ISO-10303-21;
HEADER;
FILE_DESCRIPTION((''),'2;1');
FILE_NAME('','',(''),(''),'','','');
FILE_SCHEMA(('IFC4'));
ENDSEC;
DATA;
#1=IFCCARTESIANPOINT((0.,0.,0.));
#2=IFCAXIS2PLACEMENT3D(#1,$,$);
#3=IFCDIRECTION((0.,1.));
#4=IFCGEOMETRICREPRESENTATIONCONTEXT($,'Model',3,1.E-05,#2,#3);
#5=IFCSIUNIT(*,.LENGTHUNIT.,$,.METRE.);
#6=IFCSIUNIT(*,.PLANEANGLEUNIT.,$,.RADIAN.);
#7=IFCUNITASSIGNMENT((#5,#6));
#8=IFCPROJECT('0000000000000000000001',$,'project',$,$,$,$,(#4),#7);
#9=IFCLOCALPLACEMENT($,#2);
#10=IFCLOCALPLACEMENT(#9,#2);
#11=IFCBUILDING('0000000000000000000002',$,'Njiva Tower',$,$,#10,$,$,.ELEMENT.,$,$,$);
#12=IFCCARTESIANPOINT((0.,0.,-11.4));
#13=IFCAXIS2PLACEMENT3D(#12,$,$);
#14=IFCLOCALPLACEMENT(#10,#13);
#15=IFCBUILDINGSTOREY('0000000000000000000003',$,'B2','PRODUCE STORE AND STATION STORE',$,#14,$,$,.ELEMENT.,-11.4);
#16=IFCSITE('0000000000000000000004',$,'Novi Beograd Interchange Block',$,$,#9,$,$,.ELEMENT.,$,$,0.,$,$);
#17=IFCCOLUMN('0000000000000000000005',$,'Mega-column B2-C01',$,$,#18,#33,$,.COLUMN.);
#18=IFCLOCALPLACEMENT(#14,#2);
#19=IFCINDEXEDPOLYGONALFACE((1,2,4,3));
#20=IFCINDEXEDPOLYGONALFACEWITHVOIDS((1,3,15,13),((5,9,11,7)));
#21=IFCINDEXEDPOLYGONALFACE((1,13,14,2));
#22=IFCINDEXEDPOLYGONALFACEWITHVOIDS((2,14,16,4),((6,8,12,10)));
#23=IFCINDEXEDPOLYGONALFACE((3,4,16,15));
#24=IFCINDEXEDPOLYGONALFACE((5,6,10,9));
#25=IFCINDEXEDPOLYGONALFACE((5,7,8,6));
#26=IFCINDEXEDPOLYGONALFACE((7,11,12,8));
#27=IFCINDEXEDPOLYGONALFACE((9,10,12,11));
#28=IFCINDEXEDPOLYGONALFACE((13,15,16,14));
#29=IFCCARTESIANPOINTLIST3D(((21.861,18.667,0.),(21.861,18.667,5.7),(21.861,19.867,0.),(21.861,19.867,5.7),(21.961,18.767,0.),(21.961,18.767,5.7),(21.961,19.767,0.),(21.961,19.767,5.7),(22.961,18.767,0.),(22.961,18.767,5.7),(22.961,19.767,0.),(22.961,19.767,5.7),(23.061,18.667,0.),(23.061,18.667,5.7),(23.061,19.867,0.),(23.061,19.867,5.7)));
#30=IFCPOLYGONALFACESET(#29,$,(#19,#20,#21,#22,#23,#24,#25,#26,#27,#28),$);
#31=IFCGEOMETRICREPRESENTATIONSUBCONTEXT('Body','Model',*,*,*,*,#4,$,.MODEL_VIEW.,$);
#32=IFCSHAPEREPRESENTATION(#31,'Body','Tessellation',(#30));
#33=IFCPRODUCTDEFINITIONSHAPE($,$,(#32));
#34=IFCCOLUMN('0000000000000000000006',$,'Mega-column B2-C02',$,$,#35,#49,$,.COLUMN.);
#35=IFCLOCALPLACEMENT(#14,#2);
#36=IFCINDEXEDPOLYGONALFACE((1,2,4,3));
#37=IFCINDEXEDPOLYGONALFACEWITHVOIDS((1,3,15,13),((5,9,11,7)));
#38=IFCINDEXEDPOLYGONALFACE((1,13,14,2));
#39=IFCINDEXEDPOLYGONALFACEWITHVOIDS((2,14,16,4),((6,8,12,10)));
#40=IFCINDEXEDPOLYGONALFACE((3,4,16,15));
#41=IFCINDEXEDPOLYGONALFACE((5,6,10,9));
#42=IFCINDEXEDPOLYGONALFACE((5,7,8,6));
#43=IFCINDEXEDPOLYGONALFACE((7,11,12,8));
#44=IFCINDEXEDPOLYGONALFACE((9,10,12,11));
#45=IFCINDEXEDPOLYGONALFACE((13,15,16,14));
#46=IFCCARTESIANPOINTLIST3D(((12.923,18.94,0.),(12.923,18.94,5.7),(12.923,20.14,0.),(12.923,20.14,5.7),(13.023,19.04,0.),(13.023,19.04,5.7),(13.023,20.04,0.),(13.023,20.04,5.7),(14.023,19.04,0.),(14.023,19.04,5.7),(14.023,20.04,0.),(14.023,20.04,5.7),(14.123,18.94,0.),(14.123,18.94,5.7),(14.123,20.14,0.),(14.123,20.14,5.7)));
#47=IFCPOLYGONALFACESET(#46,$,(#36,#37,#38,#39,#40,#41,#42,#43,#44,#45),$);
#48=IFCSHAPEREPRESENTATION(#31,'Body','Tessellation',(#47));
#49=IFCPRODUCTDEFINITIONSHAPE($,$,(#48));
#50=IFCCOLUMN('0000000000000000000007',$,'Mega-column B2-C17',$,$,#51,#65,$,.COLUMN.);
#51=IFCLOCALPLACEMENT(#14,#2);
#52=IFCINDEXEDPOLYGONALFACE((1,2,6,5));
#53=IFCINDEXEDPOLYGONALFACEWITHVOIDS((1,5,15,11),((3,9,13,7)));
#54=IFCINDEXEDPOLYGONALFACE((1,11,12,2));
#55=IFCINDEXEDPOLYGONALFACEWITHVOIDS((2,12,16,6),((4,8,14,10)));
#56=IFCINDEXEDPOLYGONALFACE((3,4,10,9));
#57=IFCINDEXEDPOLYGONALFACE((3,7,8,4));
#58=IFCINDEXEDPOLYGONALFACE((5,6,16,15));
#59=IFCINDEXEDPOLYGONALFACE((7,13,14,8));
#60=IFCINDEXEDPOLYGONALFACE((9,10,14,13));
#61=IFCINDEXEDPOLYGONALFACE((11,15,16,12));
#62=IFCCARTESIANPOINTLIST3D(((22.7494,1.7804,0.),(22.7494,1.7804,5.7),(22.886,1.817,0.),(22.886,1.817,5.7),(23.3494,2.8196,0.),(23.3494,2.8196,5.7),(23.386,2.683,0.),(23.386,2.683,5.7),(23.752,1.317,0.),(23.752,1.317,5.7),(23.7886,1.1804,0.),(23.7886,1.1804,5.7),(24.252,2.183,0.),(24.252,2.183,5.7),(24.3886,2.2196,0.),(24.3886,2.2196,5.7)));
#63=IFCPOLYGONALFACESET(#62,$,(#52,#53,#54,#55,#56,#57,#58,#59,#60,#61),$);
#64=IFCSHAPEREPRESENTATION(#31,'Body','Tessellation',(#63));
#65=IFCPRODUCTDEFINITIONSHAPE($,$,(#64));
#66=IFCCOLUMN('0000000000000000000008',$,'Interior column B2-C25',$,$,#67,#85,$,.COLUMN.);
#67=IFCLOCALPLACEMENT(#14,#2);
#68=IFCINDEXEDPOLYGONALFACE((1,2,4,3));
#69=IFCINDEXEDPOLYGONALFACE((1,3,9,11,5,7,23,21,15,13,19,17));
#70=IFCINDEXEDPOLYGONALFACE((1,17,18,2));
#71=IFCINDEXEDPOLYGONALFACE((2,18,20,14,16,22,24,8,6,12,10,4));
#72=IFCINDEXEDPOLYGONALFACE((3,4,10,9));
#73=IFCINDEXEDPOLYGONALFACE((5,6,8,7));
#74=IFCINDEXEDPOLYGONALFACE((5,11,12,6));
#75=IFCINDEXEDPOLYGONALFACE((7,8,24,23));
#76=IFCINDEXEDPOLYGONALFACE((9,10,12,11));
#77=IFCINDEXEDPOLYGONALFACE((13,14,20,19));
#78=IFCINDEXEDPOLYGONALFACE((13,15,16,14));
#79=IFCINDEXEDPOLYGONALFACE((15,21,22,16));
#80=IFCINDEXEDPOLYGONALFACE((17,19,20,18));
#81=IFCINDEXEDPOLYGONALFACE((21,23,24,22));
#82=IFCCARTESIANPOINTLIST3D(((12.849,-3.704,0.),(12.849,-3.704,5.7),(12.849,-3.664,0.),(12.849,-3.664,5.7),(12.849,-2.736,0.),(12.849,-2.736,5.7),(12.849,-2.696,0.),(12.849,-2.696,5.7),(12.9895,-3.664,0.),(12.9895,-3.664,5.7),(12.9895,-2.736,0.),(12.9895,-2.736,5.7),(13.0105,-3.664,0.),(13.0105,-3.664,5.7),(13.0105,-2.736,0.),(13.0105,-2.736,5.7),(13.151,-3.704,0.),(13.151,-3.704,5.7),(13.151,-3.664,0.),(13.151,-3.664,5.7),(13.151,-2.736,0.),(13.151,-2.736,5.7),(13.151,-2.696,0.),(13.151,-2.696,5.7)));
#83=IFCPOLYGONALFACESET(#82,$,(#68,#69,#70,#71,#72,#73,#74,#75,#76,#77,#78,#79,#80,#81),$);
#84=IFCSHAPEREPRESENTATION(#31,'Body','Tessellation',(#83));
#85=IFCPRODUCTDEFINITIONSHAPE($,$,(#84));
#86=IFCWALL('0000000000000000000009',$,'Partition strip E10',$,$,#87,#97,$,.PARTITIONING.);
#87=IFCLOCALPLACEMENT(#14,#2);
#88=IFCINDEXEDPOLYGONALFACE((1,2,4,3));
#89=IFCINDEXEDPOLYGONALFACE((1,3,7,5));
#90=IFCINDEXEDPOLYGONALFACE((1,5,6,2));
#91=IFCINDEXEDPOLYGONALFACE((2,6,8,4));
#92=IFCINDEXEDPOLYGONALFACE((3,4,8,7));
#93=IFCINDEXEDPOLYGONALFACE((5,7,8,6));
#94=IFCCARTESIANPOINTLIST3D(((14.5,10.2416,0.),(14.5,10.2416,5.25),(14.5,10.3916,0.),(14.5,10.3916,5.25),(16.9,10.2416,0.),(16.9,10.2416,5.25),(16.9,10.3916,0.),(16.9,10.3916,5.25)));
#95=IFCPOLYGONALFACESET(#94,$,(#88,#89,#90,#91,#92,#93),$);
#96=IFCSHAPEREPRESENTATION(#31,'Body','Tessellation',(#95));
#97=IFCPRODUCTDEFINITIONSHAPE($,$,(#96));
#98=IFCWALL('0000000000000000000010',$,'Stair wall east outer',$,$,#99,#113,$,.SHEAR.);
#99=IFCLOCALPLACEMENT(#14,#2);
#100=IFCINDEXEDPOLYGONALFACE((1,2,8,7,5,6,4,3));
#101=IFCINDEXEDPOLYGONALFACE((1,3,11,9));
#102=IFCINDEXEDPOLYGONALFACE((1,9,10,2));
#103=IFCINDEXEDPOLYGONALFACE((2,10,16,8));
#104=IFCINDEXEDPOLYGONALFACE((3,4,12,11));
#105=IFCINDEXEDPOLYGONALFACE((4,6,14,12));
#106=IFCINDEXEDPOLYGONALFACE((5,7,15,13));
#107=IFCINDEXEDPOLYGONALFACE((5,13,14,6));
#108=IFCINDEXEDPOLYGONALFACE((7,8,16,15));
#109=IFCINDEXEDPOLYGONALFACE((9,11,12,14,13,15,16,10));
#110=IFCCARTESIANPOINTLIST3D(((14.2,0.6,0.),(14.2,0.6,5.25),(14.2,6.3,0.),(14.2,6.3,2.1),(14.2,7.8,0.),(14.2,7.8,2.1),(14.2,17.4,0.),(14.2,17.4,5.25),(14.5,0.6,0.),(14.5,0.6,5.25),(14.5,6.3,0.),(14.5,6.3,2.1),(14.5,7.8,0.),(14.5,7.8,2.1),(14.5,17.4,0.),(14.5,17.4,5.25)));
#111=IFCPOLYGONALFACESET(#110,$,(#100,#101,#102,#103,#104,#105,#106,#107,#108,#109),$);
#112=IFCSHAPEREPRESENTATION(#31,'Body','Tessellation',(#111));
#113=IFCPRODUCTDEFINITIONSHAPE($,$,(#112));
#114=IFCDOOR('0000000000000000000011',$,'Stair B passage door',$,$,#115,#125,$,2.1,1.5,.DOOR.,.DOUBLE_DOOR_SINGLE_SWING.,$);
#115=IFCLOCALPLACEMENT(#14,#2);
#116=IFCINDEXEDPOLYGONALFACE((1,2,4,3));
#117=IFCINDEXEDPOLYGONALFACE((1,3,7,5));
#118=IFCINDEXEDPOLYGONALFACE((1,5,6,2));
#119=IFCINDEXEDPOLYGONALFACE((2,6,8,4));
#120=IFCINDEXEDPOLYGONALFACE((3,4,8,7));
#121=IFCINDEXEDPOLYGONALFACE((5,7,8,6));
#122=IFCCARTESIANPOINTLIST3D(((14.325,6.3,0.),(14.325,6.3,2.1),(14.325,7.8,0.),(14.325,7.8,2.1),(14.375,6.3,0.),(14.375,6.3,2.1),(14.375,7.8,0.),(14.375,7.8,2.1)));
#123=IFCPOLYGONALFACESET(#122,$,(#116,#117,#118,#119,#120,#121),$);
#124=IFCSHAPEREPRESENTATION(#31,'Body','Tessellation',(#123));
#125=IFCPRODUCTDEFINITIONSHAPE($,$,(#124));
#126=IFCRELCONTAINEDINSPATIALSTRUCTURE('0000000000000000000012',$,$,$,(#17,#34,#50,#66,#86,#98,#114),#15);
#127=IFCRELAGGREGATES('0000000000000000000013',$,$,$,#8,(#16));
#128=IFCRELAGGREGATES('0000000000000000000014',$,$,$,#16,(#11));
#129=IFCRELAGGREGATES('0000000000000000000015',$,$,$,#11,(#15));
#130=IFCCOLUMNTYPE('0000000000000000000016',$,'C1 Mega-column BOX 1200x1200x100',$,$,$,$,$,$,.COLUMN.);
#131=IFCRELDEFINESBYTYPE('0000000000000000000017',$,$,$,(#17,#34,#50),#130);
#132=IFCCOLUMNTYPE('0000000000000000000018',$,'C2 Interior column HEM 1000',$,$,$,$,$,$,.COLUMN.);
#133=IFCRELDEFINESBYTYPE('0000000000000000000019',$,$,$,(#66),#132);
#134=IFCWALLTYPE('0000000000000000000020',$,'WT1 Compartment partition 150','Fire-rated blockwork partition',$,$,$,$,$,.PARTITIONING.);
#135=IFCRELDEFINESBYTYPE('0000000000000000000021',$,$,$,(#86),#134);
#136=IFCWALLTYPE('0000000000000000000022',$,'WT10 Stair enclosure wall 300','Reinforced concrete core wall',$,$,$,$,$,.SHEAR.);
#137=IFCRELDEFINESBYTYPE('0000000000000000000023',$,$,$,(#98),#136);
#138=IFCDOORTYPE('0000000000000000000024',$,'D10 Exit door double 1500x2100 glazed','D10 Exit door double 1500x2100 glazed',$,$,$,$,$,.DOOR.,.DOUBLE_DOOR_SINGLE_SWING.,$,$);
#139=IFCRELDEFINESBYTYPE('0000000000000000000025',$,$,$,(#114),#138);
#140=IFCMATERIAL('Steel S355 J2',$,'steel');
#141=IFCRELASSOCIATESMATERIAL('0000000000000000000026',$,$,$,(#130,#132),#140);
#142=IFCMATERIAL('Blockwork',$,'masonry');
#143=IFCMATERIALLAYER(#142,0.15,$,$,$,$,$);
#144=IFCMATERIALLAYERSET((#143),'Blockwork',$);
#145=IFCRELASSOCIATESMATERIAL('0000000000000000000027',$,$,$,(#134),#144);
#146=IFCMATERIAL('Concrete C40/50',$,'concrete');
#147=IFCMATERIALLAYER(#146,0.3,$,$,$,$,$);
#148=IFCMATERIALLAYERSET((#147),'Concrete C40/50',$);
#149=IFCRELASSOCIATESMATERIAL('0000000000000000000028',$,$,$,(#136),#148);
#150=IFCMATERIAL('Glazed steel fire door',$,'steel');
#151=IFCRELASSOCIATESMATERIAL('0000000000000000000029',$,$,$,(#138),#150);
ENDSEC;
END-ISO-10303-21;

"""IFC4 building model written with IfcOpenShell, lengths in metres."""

from ifc_helpers import new_model, si_unit, direction, frame, frame_2d, origin, origin_2d, place, context, subcontext, project, spatial, rectangle, hollow_rectangle, i_section, extrude, material, layer, layer_set, material_profile, profile_set, type_object, element, fill, save


model = new_model("IFC4")

# Units and contexts
model_context = context("Model", 3, precision=1e-05, world=origin(), true_north=direction((0.0, 1.0)))
body_context = subcontext(model_context, "Body", "Model", "MODEL_VIEW")
ifc_project = project(units=[si_unit("LENGTHUNIT", "METRE"), si_unit("PLANEANGLEUNIT", "RADIAN")], contexts=[model_context])

# Site, building, storey
site_placement = place(None, origin())
site = spatial("IfcSite", under=ifc_project, at=site_placement, Name="Novi Beograd Interchange Block", CompositionType="ELEMENT", RefElevation=0.0)
building_placement = place(site_placement, origin())
building = spatial("IfcBuilding", under=site, at=building_placement, Name="Njiva Tower", CompositionType="ELEMENT")
storey_placement = place(building_placement, frame((0.0, 0.0, -11.4)))
storey = spatial("IfcBuildingStorey", under=building, at=storey_placement, Name="B2", Description="PRODUCE STORE AND STATION STORE", CompositionType="ELEMENT", Elevation=-11.4)

# Columns
ifc_material_1 = material(Name="Steel S355 J2", Category="steel")
ifc_material_profile_1 = material_profile(ifc_material_1, hollow_rectangle(XDim=1.2, YDim=1.2, WallThickness=0.1, at=origin_2d()), Name="BOX 1200x1200x100")
ifc_profile_set_1 = profile_set([ifc_material_profile_1], Name="Steel S355 J2")
column_type_1 = type_object("IfcColumnType", Name="C1 Mega-column BOX 1200x1200x100", PredefinedType="COLUMN", material=ifc_profile_set_1)
for number, where, z_axis, x_axis, name in (
    (1, (22.461, 19.267, 0.0), (0.0, 0.0, 1.0), (-1.0, 0.0, 0.0), "Mega-column B2-C01"),
    (2, (13.523, 19.54, 0.0), (0.0, 0.0, 1.0), (-1.0, 0.0, 0.0), "Mega-column B2-C02"),
    (3, (23.569, 2.0, 0.0), (0.0, 0.0, 1.0), (0.5, 0.866025, 0.0), "Mega-column B2-C17"),
):
    element("IfcColumn", number, at=place(storey_placement, frame(where, z_axis=z_axis, x_axis=x_axis)), inside=storey, type_object=column_type_1, Name=name, PredefinedType="COLUMN", context=body_context, shape_type="SweptSolid", body=[
        extrude(hollow_rectangle(XDim=1.2, YDim=1.2, WallThickness=0.1, at=origin_2d()), origin(), (0.0, 0.0, 1.0), 5.7),
    ])
ifc_material_profile_2 = material_profile(ifc_material_1, i_section(OverallWidth=0.302, OverallDepth=1.008, WebThickness=0.021, FlangeThickness=0.04, at=origin_2d()), Name="HEM 1000")
ifc_profile_set_2 = profile_set([ifc_material_profile_2], Name="Steel S355 J2")
column_type_2 = type_object("IfcColumnType", Name="C2 Interior column HEM 1000", PredefinedType="COLUMN", material=ifc_profile_set_2)
column_placement = place(storey_placement, frame((13.0, -3.2, 0.0), z_axis=(0.0, 0.0, 1.0), x_axis=(1.0, 0.0, 0.0)))
element("IfcColumn", 4, at=column_placement, inside=storey, type_object=column_type_2, Name="Interior column B2-C25", PredefinedType="COLUMN", context=body_context, shape_type="SweptSolid", body=[
    extrude(i_section(OverallWidth=0.302, OverallDepth=1.008, WebThickness=0.021, FlangeThickness=0.04, at=origin_2d()), origin(), (0.0, 0.0, 1.0), 5.7),
])

# Wall
ifc_material_2 = material(Name="Blockwork", Category="masonry")
ifc_layer_1 = layer(ifc_material_2, 0.15)
ifc_layer_set_1 = layer_set([ifc_layer_1], Name="Blockwork")
wall_type_1 = type_object("IfcWallType", Name="WT1 Compartment partition 150", Description="Fire-rated blockwork partition", PredefinedType="PARTITIONING", material=ifc_layer_set_1)
wall_1_placement = place(storey_placement, frame((14.5, 10.3166, 0.0), z_axis=(0.0, 0.0, 1.0), x_axis=(1.0, 0.0, 0.0)))
element("IfcWall", 5, at=wall_1_placement, inside=storey, type_object=wall_type_1, Name="Partition strip E10", PredefinedType="PARTITIONING", context=body_context, shape_type="SweptSolid", body=[
    extrude(rectangle(XDim=2.4, YDim=0.15, at=frame_2d((1.2, 0.0))), origin(), (0.0, 0.0, 1.0), 5.25),
])

# Wall, opening, door
ifc_material_3 = material(Name="Concrete C40/50", Category="concrete")
ifc_layer_2 = layer(ifc_material_3, 0.3)
ifc_layer_set_2 = layer_set([ifc_layer_2], Name="Concrete C40/50")
wall_type_2 = type_object("IfcWallType", Name="WT10 Stair enclosure wall 300", Description="Reinforced concrete core wall", PredefinedType="SHEAR", material=ifc_layer_set_2)
wall_2_placement = place(storey_placement, frame((14.35, 0.6, 0.0), z_axis=(0.0, 0.0, 1.0), x_axis=(0.0, 1.0, 0.0)))
wall_2 = element("IfcWall", 6, at=wall_2_placement, inside=storey, type_object=wall_type_2, Name="Stair wall east outer", PredefinedType="SHEAR", context=body_context, shape_type="SweptSolid", body=[
    extrude(rectangle(XDim=16.8, YDim=0.3, at=frame_2d((8.4, 0.0))), origin(), (0.0, 0.0, 1.0), 5.25),
])
opening_1_placement = place(wall_2_placement, frame((5.7, 0.0, 0.0)))
opening_1 = element("IfcOpeningElement", 7, at=opening_1_placement, cuts=wall_2, PredefinedType="OPENING", context=body_context, shape_type="SweptSolid", body=[
    extrude(rectangle(XDim=1.5, YDim=2.1, at=frame_2d((0.75, 1.05))), frame((0.0, 0.16, 0.0), z_axis=(0.0, -1.0, 0.0), x_axis=(1.0, 0.0, 0.0)), (0.0, 0.0, 1.0), 0.32),
])
ifc_material_4 = material(Name="Glazed steel fire door", Category="steel")
door_type_1 = type_object("IfcDoorType", Name="D10 Exit door double 1500x2100 glazed", Description="D10 Exit door double 1500x2100 glazed", OperationType="DOUBLE_DOOR_SINGLE_SWING", PredefinedType="DOOR", material=ifc_material_4)
door_1_placement = place(opening_1_placement, origin())
door_1 = element("IfcDoor", 8, at=door_1_placement, inside=storey, type_object=door_type_1, Name="Stair B passage door", OperationType="DOUBLE_DOOR_SINGLE_SWING", OverallHeight=2.1, OverallWidth=1.5, PredefinedType="DOOR", context=body_context, shape_type="SweptSolid", body=[
    extrude(rectangle(XDim=1.5, YDim=2.1, at=frame_2d((0.75, 1.05))), frame((0.0, 0.025, 0.0), z_axis=(0.0, -1.0, 0.0), x_axis=(1.0, 0.0, 0.0)), (0.0, 0.0, 1.0), 0.05),
])
fill(opening_1, door_1)

save(model, "model.ifc")
